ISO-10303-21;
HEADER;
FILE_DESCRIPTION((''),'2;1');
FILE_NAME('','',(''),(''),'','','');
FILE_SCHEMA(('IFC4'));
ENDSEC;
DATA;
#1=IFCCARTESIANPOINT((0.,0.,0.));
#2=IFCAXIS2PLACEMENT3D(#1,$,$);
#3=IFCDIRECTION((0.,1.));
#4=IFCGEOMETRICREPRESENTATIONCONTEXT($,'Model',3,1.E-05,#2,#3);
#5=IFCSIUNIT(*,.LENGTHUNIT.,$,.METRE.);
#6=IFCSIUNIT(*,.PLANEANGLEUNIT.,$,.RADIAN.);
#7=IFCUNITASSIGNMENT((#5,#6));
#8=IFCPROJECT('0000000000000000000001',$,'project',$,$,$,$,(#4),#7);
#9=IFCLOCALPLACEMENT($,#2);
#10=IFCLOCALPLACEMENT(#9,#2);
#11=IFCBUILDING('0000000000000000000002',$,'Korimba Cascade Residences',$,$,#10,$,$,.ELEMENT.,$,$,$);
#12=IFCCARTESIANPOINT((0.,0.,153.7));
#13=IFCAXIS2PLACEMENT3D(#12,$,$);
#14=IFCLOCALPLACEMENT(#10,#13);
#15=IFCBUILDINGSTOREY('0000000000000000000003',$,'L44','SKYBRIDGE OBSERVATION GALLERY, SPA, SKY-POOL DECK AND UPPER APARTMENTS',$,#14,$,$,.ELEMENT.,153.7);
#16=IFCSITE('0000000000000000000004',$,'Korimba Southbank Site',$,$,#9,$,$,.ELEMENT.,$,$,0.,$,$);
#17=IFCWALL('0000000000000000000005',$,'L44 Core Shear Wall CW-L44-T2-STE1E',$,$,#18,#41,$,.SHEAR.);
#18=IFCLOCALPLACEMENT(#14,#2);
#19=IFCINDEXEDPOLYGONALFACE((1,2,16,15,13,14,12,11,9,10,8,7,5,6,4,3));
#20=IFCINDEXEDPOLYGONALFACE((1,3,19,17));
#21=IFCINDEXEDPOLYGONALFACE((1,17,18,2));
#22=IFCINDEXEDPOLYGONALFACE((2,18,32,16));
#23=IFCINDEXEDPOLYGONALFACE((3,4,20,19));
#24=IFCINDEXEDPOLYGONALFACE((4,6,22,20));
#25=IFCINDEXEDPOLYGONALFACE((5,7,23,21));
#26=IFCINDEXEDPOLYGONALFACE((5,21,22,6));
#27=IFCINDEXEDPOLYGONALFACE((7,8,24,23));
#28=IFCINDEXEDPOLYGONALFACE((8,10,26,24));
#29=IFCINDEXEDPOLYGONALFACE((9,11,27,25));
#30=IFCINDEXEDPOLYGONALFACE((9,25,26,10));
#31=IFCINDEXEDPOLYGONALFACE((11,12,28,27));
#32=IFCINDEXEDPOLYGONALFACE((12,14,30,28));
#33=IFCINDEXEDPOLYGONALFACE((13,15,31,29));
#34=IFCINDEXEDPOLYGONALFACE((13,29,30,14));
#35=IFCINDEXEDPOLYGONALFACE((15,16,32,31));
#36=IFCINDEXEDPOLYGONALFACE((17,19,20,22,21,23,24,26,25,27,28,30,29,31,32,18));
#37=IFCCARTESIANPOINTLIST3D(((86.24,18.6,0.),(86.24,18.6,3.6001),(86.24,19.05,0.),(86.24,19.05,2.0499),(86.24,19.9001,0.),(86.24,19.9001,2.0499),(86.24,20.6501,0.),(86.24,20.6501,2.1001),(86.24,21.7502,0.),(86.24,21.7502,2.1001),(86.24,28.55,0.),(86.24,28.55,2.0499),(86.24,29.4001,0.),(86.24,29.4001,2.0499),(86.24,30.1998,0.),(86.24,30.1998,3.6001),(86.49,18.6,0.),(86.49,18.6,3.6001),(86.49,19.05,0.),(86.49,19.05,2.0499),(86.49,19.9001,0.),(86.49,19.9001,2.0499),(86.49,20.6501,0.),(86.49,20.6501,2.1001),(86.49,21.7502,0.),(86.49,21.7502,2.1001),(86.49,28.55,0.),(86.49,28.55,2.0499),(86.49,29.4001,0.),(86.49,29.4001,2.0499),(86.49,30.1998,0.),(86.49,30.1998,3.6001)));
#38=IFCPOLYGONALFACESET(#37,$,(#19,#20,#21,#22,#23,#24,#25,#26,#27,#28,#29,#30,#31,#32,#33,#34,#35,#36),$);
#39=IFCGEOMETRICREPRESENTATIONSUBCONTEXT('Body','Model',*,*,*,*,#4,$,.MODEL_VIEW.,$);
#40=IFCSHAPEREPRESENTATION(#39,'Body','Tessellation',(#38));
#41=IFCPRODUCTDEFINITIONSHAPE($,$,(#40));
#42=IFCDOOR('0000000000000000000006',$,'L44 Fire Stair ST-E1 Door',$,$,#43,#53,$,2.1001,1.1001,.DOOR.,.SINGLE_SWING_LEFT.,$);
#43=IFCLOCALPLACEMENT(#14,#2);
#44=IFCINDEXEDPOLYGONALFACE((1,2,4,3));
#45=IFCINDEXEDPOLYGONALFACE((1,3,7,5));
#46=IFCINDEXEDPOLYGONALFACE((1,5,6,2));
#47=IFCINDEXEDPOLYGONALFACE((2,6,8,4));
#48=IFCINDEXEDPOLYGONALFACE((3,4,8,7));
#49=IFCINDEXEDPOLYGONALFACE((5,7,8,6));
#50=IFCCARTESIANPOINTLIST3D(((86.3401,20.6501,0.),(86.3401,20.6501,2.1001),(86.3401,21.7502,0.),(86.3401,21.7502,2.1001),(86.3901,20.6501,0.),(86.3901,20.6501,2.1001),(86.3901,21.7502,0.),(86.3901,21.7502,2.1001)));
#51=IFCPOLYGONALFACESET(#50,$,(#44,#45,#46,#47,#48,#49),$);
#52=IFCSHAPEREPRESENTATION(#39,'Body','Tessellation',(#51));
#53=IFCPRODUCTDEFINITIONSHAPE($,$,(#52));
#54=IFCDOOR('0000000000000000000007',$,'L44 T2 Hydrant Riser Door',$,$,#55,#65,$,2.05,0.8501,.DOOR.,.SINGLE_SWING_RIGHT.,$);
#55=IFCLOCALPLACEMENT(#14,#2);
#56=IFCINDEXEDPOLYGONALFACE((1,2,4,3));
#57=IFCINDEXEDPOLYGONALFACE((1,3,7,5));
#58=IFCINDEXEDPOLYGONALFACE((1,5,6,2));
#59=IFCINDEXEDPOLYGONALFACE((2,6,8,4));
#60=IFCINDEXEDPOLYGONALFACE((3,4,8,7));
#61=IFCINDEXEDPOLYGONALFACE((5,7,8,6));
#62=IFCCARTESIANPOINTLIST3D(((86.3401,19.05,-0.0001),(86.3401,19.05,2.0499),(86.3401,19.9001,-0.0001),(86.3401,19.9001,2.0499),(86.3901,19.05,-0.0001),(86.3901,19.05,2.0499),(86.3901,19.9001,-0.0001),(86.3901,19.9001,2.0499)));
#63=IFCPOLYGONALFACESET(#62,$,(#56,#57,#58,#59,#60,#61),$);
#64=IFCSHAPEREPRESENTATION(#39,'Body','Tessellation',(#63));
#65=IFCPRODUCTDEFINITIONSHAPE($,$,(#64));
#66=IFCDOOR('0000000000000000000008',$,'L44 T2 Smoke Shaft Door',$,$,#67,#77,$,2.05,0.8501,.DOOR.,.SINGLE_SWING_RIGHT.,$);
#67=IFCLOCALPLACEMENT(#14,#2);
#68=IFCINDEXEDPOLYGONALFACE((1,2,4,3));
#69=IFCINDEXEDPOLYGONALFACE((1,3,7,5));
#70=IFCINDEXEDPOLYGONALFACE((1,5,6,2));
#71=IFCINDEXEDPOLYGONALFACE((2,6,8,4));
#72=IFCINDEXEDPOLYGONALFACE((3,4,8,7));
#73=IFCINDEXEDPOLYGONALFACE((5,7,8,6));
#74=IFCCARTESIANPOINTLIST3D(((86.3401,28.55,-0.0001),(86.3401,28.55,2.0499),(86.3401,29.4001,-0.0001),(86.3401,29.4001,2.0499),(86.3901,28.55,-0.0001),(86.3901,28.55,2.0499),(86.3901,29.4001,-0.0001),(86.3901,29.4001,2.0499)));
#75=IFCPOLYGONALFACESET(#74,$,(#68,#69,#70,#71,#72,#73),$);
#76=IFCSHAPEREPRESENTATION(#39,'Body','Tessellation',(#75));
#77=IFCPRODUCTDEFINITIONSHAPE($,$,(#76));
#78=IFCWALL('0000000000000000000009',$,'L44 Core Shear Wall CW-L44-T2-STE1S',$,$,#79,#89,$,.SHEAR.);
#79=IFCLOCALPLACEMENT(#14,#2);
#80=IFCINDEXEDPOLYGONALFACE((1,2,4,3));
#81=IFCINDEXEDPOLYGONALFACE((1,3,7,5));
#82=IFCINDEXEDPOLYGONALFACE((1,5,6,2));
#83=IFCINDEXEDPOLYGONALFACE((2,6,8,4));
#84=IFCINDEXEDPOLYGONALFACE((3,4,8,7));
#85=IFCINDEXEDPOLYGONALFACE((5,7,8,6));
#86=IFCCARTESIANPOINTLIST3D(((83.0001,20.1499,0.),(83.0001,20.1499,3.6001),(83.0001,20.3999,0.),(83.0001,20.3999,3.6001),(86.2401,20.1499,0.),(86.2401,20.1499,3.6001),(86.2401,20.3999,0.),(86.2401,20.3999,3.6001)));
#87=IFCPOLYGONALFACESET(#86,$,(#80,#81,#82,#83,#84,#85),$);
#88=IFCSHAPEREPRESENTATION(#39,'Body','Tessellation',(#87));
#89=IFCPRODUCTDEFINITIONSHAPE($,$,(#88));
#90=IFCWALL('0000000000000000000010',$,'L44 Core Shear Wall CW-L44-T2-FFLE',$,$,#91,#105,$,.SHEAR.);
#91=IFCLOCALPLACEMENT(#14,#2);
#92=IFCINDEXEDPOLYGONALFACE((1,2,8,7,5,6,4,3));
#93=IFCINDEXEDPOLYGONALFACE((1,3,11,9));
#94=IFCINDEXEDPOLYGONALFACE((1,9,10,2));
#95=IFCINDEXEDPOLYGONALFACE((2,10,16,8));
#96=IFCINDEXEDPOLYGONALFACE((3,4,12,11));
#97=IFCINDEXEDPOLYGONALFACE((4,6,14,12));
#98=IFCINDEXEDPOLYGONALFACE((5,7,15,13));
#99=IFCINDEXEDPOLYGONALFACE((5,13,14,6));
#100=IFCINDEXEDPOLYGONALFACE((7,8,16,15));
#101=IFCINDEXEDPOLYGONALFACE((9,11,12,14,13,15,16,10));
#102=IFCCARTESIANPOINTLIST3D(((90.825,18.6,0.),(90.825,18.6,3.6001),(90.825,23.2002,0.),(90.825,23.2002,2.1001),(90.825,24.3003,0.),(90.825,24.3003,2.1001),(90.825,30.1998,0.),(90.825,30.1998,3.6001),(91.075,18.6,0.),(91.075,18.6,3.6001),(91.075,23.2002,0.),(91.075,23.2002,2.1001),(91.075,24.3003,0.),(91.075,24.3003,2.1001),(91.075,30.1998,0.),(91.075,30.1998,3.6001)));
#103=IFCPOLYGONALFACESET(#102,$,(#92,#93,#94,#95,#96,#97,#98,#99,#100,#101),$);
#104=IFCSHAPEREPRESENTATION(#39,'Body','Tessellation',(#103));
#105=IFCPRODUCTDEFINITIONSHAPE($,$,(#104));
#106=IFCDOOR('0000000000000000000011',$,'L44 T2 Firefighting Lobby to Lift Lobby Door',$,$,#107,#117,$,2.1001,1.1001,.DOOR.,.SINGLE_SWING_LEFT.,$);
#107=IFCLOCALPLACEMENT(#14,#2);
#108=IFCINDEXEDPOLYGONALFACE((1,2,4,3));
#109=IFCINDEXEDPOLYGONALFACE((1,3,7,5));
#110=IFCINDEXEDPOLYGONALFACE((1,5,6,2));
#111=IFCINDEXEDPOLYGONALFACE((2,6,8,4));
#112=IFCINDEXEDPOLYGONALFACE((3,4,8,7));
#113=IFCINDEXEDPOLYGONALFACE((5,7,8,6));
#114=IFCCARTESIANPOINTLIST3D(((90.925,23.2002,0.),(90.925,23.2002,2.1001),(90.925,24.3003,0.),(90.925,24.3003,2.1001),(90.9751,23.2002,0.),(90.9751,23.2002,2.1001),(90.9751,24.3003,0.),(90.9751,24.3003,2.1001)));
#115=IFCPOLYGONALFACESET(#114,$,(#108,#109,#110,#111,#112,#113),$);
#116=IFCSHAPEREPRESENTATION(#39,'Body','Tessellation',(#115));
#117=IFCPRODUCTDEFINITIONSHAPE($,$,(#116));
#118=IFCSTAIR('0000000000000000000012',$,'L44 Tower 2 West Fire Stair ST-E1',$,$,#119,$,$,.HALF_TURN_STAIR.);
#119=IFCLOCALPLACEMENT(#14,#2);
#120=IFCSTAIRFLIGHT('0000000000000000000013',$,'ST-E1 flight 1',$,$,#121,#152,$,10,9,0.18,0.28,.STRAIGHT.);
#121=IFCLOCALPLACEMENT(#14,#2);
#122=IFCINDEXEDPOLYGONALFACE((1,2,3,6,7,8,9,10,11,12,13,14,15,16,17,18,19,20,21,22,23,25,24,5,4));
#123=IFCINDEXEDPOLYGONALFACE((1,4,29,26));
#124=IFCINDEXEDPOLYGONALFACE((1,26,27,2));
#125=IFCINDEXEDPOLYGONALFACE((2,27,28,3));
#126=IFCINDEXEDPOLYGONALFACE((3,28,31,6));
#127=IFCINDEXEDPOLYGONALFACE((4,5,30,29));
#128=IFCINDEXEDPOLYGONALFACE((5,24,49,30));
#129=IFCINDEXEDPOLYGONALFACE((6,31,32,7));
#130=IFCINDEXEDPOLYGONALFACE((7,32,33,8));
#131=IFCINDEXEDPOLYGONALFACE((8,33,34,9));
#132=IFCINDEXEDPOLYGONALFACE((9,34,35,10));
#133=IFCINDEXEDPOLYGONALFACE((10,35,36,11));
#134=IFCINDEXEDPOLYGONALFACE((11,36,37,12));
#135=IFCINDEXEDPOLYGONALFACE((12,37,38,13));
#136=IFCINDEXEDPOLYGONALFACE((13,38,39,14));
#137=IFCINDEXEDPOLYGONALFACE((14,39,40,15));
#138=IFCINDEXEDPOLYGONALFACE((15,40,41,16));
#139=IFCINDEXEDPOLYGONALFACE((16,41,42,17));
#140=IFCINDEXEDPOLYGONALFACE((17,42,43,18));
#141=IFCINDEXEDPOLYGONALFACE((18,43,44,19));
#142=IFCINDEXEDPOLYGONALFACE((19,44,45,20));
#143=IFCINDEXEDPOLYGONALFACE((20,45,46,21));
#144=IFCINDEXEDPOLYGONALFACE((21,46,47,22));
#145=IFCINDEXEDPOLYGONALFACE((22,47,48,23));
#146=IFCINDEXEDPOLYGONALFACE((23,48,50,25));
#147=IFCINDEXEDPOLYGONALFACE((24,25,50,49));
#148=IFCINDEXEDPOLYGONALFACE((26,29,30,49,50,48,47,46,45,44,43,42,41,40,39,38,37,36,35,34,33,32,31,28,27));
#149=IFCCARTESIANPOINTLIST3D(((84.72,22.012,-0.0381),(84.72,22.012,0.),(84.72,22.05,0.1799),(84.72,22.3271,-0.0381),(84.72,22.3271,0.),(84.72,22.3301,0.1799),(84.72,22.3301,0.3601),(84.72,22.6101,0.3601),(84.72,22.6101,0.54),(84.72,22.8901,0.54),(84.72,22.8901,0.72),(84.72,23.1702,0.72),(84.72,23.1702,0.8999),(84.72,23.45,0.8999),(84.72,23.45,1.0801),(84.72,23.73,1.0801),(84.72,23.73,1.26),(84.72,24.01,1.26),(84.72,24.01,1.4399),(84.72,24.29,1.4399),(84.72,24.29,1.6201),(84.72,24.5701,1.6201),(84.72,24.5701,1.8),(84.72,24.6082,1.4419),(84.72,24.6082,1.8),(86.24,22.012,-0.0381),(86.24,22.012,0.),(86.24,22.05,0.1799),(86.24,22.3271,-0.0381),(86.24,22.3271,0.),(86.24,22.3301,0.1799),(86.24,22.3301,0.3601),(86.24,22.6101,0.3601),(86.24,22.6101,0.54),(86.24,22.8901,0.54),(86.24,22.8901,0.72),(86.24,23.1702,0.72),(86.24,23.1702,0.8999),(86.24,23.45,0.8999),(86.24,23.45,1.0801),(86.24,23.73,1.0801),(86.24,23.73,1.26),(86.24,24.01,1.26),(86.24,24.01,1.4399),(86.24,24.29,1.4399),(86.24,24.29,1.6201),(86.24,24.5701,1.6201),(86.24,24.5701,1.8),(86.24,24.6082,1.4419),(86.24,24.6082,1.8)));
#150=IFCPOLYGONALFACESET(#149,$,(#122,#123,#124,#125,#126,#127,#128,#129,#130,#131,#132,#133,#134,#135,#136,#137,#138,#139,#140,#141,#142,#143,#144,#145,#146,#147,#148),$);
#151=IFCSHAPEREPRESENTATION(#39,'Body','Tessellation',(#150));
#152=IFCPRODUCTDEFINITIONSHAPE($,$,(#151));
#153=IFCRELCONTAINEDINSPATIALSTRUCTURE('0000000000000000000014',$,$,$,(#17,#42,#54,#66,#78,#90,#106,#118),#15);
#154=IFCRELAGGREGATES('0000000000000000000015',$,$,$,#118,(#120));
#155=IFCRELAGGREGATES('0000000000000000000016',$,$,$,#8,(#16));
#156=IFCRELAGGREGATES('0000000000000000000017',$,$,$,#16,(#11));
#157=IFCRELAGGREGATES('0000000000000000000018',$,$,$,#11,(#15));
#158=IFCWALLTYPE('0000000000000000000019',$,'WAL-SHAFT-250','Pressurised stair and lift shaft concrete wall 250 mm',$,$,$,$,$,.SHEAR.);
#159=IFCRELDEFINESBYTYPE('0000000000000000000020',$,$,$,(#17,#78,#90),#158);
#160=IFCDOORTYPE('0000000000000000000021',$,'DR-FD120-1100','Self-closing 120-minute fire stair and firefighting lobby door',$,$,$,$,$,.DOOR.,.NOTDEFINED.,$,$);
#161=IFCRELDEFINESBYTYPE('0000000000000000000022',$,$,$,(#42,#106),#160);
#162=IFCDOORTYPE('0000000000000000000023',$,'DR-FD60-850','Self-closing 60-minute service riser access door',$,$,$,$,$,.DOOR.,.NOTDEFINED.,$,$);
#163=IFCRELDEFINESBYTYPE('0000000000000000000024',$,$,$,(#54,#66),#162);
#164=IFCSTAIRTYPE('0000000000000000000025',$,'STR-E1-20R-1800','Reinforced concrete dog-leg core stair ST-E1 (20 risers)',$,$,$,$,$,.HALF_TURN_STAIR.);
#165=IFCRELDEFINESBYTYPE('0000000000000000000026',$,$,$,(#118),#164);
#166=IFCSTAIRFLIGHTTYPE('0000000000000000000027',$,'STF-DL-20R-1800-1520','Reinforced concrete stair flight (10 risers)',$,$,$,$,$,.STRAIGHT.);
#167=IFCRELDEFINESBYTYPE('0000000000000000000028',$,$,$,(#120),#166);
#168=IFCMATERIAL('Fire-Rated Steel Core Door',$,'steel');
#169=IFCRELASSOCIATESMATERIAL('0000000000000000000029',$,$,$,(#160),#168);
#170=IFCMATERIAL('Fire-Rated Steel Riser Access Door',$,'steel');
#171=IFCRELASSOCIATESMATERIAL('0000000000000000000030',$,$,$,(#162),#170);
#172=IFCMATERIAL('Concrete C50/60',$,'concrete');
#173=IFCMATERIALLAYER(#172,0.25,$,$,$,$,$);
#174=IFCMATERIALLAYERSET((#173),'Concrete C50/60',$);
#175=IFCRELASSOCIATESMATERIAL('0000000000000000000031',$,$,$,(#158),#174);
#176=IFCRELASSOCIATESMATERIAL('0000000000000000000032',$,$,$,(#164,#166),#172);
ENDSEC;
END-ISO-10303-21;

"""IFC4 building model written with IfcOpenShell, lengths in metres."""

from ifc_helpers import new_model, si_unit, direction, frame, frame_2d, origin, place, context, subcontext, project, spatial, polyline, rectangle, outline, extrude, material, layer, layer_set, type_object, element, fill, aggregate, save


model = new_model("IFC4")

# Units and contexts
model_context = context("Model", 3, precision=1e-05, world=origin(), true_north=direction((0.0, 1.0)))
body_context = subcontext(model_context, "Body", "Model", "MODEL_VIEW")
ifc_project = project(units=[si_unit("LENGTHUNIT", "METRE"), si_unit("PLANEANGLEUNIT", "RADIAN")], contexts=[model_context])

# Site, building, storey
site_placement = place(None, origin())
site = spatial("IfcSite", under=ifc_project, at=site_placement, Name="Korimba Southbank Site", CompositionType="ELEMENT", RefElevation=0.0)
building_placement = place(site_placement, origin())
building = spatial("IfcBuilding", under=site, at=building_placement, Name="Korimba Cascade Residences", CompositionType="ELEMENT")
storey_placement = place(building_placement, frame((0.0, 0.0, 153.7)))
storey = spatial("IfcBuildingStorey", under=building, at=storey_placement, Name="L44", Description="SKYBRIDGE OBSERVATION GALLERY, SPA, SKY-POOL DECK AND UPPER APARTMENTS", CompositionType="ELEMENT", Elevation=153.7)

# Shared definitions
ifc_material_1 = material(Name="Fire-Rated Steel Core Door", Category="steel")
door_type_1 = type_object("IfcDoorType", Name="DR-FD120-1100", Description="Self-closing 120-minute fire stair and firefighting lobby door", OperationType="NOTDEFINED", PredefinedType="DOOR", material=ifc_material_1)

# Shared definitions
ifc_material_2 = material(Name="Fire-Rated Steel Riser Access Door", Category="steel")
door_type_2 = type_object("IfcDoorType", Name="DR-FD60-850", Description="Self-closing 60-minute service riser access door", OperationType="NOTDEFINED", PredefinedType="DOOR", material=ifc_material_2)

# Shared definitions
ifc_material_3 = material(Name="Concrete C50/60", Category="concrete")
ifc_layer_1 = layer(ifc_material_3, 0.25)
ifc_layer_set_1 = layer_set([ifc_layer_1], Name="Concrete C50/60")
wall_type_1 = type_object("IfcWallType", Name="WAL-SHAFT-250", Description="Pressurised stair and lift shaft concrete wall 250 mm", PredefinedType="SHEAR", material=ifc_layer_set_1)

# Wall, openings, doors
wall_1_placement = place(storey_placement, frame((86.365, 18.6001, 0.0), z_axis=(0.0, 0.0, 1.0), x_axis=(0.0, 1.0, 0.0)))
wall_1 = element("IfcWall", 1, at=wall_1_placement, inside=storey, type_object=wall_type_1, Name="L44 Core Shear Wall CW-L44-T2-STE1E", PredefinedType="SHEAR", context=body_context, shape_type="SweptSolid", body=[
    extrude(rectangle(XDim=11.5999, YDim=0.25, at=frame_2d((5.7998, 0.0))), origin(), (0.0, 0.0, 1.0), 3.6001),
])
opening_1_placement = place(wall_1_placement, frame((0.45, 0.0, 0.0)))
opening_1 = element("IfcOpeningElement", 2, at=opening_1_placement, cuts=wall_1, PredefinedType="OPENING", context=body_context, shape_type="SweptSolid", body=[
    extrude(rectangle(XDim=0.8501, YDim=2.05, at=frame_2d((0.425, 1.0249))), frame((0.0, 0.135, 0.0), z_axis=(0.0, -1.0, 0.0), x_axis=(1.0, 0.0, 0.0)), (0.0, 0.0, 1.0), 0.27),
])
opening_2_placement = place(wall_1_placement, frame((2.05, 0.0, 0.0)))
opening_2 = element("IfcOpeningElement", 3, at=opening_2_placement, cuts=wall_1, PredefinedType="OPENING", context=body_context, shape_type="SweptSolid", body=[
    extrude(rectangle(XDim=1.1001, YDim=2.1001, at=frame_2d((0.55, 1.05))), frame((0.0, 0.135, 0.0), z_axis=(0.0, -1.0, 0.0), x_axis=(1.0, 0.0, 0.0)), (0.0, 0.0, 1.0), 0.27),
])
opening_3_placement = place(wall_1_placement, frame((9.95, 0.0, 0.0)))
opening_3 = element("IfcOpeningElement", 4, at=opening_3_placement, cuts=wall_1, PredefinedType="OPENING", context=body_context, shape_type="SweptSolid", body=[
    extrude(rectangle(XDim=0.8501, YDim=2.05, at=frame_2d((0.425, 1.0249))), frame((0.0, 0.135, 0.0), z_axis=(0.0, -1.0, 0.0), x_axis=(1.0, 0.0, 0.0)), (0.0, 0.0, 1.0), 0.27),
])
door_1_placement = place(opening_2_placement, origin())
door_1 = element("IfcDoor", 5, at=door_1_placement, inside=storey, type_object=door_type_1, Name="L44 Fire Stair ST-E1 Door", OperationType="SINGLE_SWING_LEFT", OverallHeight=2.1001, OverallWidth=1.1001, PredefinedType="DOOR", context=body_context, shape_type="SweptSolid", body=[
    extrude(rectangle(XDim=1.1001, YDim=2.1001, at=frame_2d((0.55, 1.05))), frame((0.0, 0.0249, 0.0), z_axis=(0.0, -1.0, 0.0), x_axis=(1.0, 0.0, 0.0)), (0.0, 0.0, 1.0), 0.05),
])
fill(opening_2, door_1)
door_2_placement = place(opening_1_placement, origin())
door_2 = element("IfcDoor", 6, at=door_2_placement, inside=storey, type_object=door_type_2, Name="L44 T2 Hydrant Riser Door", OperationType="SINGLE_SWING_RIGHT", OverallHeight=2.05, OverallWidth=0.8501, PredefinedType="DOOR", context=body_context, shape_type="SweptSolid", body=[
    extrude(rectangle(XDim=0.8501, YDim=2.05, at=frame_2d((0.425, 1.0249))), frame((0.0, 0.0249, 0.0), z_axis=(0.0, -1.0, 0.0), x_axis=(1.0, 0.0, 0.0)), (0.0, 0.0, 1.0), 0.05),
])
fill(opening_1, door_2)
door_3_placement = place(opening_3_placement, origin())
door_3 = element("IfcDoor", 7, at=door_3_placement, inside=storey, type_object=door_type_2, Name="L44 T2 Smoke Shaft Door", OperationType="SINGLE_SWING_RIGHT", OverallHeight=2.05, OverallWidth=0.8501, PredefinedType="DOOR", context=body_context, shape_type="SweptSolid", body=[
    extrude(rectangle(XDim=0.8501, YDim=2.05, at=frame_2d((0.425, 1.0249))), frame((0.0, 0.0249, 0.0), z_axis=(0.0, -1.0, 0.0), x_axis=(1.0, 0.0, 0.0)), (0.0, 0.0, 1.0), 0.05),
])
fill(opening_3, door_3)

# Wall
wall_2_placement = place(storey_placement, frame((83.0, 20.2749, 0.0), z_axis=(0.0, 0.0, 1.0), x_axis=(1.0, 0.0, 0.0)))
element("IfcWall", 8, at=wall_2_placement, inside=storey, type_object=wall_type_1, Name="L44 Core Shear Wall CW-L44-T2-STE1S", PredefinedType="SHEAR", context=body_context, shape_type="SweptSolid", body=[
    extrude(rectangle(XDim=3.24, YDim=0.25, at=frame_2d((1.6201, 0.0))), origin(), (0.0, 0.0, 1.0), 3.6001),
])

# Wall, opening, door
wall_3_placement = place(storey_placement, frame((90.95, 18.6001, 0.0), z_axis=(0.0, 0.0, 1.0), x_axis=(0.0, 1.0, 0.0)))
wall_3 = element("IfcWall", 9, at=wall_3_placement, inside=storey, type_object=wall_type_1, Name="L44 Core Shear Wall CW-L44-T2-FFLE", PredefinedType="SHEAR", context=body_context, shape_type="SweptSolid", body=[
    extrude(rectangle(XDim=11.5999, YDim=0.25, at=frame_2d((5.7998, 0.0))), origin(), (0.0, 0.0, 1.0), 3.6001),
])
opening_4_placement = place(wall_3_placement, frame((4.6001, 0.0, 0.0)))
opening_4 = element("IfcOpeningElement", 10, at=opening_4_placement, cuts=wall_3, PredefinedType="OPENING", context=body_context, shape_type="SweptSolid", body=[
    extrude(rectangle(XDim=1.1001, YDim=2.1001, at=frame_2d((0.55, 1.05))), frame((0.0, 0.135, 0.0), z_axis=(0.0, -1.0, 0.0), x_axis=(1.0, 0.0, 0.0)), (0.0, 0.0, 1.0), 0.27),
])
door_4_placement = place(opening_4_placement, origin())
door_4 = element("IfcDoor", 11, at=door_4_placement, inside=storey, type_object=door_type_1, Name="L44 T2 Firefighting Lobby to Lift Lobby Door", OperationType="SINGLE_SWING_LEFT", OverallHeight=2.1001, OverallWidth=1.1001, PredefinedType="DOOR", context=body_context, shape_type="SweptSolid", body=[
    extrude(rectangle(XDim=1.1001, YDim=2.1001, at=frame_2d((0.55, 1.05))), frame((0.0, 0.0249, 0.0), z_axis=(0.0, -1.0, 0.0), x_axis=(1.0, 0.0, 0.0)), (0.0, 0.0, 1.0), 0.05),
])
fill(opening_4, door_4)

# Stair, stair flight
stair_type = type_object("IfcStairType", Name="STR-E1-20R-1800", Description="Reinforced concrete dog-leg core stair ST-E1 (20 risers)", PredefinedType="HALF_TURN_STAIR", material=ifc_material_3)
stair_placement = place(storey_placement, origin())
stair = element("IfcStair", 12, at=stair_placement, inside=storey, type_object=stair_type, Name="L44 Tower 2 West Fire Stair ST-E1", PredefinedType="HALF_TURN_STAIR")
stair_flight_type = type_object("IfcStairFlightType", Name="STF-DL-20R-1800-1520", Description="Reinforced concrete stair flight (10 risers)", PredefinedType="STRAIGHT", material=ifc_material_3)
stair_flight_1_placement = place(storey_placement, frame((85.48, 22.05, 0.0), z_axis=(0.0, 0.0, 1.0), x_axis=(0.0, 1.0, 0.0)))
stair_flight_1 = element("IfcStairFlight", 13, at=stair_flight_1_placement, type_object=stair_flight_type, Name="ST-E1 flight 1", NumberOfRisers=10, NumberOfTreads=9, PredefinedType="STRAIGHT", RiserHeight=0.18, TreadLength=0.28, context=body_context, shape_type="SweptSolid", body=[
    extrude(outline(polyline([(-0.0381, 0.0), (0.0, 0.1799), (0.28, 0.1799), (0.28, 0.3601), (0.5601, 0.3601), (0.5601, 0.54), (0.8401, 0.54), (0.8401, 0.72), (1.1201, 0.72), (1.1201, 0.8999), (1.3999, 0.8999), (1.3999, 1.0801), (1.6799, 1.0801), (1.6799, 1.26), (1.96, 1.26), (1.96, 1.4399), (2.24, 1.4399), (2.24, 1.6201), (2.52, 1.6201), (2.52, 1.8), (2.5581, 1.8), (2.5581, 1.4419), (0.2771, 0.0), (0.2771, -0.0381), (-0.0381, -0.0381), (-0.0381, 0.0)])), frame((0.0, 0.76, 0.0), z_axis=(0.0, -1.0, 0.0), x_axis=(1.0, 0.0, 0.0)), (0.0, 0.0, 1.0), 1.52),
])
aggregate(stair, [stair_flight_1])

save(model, "model.ifc")
